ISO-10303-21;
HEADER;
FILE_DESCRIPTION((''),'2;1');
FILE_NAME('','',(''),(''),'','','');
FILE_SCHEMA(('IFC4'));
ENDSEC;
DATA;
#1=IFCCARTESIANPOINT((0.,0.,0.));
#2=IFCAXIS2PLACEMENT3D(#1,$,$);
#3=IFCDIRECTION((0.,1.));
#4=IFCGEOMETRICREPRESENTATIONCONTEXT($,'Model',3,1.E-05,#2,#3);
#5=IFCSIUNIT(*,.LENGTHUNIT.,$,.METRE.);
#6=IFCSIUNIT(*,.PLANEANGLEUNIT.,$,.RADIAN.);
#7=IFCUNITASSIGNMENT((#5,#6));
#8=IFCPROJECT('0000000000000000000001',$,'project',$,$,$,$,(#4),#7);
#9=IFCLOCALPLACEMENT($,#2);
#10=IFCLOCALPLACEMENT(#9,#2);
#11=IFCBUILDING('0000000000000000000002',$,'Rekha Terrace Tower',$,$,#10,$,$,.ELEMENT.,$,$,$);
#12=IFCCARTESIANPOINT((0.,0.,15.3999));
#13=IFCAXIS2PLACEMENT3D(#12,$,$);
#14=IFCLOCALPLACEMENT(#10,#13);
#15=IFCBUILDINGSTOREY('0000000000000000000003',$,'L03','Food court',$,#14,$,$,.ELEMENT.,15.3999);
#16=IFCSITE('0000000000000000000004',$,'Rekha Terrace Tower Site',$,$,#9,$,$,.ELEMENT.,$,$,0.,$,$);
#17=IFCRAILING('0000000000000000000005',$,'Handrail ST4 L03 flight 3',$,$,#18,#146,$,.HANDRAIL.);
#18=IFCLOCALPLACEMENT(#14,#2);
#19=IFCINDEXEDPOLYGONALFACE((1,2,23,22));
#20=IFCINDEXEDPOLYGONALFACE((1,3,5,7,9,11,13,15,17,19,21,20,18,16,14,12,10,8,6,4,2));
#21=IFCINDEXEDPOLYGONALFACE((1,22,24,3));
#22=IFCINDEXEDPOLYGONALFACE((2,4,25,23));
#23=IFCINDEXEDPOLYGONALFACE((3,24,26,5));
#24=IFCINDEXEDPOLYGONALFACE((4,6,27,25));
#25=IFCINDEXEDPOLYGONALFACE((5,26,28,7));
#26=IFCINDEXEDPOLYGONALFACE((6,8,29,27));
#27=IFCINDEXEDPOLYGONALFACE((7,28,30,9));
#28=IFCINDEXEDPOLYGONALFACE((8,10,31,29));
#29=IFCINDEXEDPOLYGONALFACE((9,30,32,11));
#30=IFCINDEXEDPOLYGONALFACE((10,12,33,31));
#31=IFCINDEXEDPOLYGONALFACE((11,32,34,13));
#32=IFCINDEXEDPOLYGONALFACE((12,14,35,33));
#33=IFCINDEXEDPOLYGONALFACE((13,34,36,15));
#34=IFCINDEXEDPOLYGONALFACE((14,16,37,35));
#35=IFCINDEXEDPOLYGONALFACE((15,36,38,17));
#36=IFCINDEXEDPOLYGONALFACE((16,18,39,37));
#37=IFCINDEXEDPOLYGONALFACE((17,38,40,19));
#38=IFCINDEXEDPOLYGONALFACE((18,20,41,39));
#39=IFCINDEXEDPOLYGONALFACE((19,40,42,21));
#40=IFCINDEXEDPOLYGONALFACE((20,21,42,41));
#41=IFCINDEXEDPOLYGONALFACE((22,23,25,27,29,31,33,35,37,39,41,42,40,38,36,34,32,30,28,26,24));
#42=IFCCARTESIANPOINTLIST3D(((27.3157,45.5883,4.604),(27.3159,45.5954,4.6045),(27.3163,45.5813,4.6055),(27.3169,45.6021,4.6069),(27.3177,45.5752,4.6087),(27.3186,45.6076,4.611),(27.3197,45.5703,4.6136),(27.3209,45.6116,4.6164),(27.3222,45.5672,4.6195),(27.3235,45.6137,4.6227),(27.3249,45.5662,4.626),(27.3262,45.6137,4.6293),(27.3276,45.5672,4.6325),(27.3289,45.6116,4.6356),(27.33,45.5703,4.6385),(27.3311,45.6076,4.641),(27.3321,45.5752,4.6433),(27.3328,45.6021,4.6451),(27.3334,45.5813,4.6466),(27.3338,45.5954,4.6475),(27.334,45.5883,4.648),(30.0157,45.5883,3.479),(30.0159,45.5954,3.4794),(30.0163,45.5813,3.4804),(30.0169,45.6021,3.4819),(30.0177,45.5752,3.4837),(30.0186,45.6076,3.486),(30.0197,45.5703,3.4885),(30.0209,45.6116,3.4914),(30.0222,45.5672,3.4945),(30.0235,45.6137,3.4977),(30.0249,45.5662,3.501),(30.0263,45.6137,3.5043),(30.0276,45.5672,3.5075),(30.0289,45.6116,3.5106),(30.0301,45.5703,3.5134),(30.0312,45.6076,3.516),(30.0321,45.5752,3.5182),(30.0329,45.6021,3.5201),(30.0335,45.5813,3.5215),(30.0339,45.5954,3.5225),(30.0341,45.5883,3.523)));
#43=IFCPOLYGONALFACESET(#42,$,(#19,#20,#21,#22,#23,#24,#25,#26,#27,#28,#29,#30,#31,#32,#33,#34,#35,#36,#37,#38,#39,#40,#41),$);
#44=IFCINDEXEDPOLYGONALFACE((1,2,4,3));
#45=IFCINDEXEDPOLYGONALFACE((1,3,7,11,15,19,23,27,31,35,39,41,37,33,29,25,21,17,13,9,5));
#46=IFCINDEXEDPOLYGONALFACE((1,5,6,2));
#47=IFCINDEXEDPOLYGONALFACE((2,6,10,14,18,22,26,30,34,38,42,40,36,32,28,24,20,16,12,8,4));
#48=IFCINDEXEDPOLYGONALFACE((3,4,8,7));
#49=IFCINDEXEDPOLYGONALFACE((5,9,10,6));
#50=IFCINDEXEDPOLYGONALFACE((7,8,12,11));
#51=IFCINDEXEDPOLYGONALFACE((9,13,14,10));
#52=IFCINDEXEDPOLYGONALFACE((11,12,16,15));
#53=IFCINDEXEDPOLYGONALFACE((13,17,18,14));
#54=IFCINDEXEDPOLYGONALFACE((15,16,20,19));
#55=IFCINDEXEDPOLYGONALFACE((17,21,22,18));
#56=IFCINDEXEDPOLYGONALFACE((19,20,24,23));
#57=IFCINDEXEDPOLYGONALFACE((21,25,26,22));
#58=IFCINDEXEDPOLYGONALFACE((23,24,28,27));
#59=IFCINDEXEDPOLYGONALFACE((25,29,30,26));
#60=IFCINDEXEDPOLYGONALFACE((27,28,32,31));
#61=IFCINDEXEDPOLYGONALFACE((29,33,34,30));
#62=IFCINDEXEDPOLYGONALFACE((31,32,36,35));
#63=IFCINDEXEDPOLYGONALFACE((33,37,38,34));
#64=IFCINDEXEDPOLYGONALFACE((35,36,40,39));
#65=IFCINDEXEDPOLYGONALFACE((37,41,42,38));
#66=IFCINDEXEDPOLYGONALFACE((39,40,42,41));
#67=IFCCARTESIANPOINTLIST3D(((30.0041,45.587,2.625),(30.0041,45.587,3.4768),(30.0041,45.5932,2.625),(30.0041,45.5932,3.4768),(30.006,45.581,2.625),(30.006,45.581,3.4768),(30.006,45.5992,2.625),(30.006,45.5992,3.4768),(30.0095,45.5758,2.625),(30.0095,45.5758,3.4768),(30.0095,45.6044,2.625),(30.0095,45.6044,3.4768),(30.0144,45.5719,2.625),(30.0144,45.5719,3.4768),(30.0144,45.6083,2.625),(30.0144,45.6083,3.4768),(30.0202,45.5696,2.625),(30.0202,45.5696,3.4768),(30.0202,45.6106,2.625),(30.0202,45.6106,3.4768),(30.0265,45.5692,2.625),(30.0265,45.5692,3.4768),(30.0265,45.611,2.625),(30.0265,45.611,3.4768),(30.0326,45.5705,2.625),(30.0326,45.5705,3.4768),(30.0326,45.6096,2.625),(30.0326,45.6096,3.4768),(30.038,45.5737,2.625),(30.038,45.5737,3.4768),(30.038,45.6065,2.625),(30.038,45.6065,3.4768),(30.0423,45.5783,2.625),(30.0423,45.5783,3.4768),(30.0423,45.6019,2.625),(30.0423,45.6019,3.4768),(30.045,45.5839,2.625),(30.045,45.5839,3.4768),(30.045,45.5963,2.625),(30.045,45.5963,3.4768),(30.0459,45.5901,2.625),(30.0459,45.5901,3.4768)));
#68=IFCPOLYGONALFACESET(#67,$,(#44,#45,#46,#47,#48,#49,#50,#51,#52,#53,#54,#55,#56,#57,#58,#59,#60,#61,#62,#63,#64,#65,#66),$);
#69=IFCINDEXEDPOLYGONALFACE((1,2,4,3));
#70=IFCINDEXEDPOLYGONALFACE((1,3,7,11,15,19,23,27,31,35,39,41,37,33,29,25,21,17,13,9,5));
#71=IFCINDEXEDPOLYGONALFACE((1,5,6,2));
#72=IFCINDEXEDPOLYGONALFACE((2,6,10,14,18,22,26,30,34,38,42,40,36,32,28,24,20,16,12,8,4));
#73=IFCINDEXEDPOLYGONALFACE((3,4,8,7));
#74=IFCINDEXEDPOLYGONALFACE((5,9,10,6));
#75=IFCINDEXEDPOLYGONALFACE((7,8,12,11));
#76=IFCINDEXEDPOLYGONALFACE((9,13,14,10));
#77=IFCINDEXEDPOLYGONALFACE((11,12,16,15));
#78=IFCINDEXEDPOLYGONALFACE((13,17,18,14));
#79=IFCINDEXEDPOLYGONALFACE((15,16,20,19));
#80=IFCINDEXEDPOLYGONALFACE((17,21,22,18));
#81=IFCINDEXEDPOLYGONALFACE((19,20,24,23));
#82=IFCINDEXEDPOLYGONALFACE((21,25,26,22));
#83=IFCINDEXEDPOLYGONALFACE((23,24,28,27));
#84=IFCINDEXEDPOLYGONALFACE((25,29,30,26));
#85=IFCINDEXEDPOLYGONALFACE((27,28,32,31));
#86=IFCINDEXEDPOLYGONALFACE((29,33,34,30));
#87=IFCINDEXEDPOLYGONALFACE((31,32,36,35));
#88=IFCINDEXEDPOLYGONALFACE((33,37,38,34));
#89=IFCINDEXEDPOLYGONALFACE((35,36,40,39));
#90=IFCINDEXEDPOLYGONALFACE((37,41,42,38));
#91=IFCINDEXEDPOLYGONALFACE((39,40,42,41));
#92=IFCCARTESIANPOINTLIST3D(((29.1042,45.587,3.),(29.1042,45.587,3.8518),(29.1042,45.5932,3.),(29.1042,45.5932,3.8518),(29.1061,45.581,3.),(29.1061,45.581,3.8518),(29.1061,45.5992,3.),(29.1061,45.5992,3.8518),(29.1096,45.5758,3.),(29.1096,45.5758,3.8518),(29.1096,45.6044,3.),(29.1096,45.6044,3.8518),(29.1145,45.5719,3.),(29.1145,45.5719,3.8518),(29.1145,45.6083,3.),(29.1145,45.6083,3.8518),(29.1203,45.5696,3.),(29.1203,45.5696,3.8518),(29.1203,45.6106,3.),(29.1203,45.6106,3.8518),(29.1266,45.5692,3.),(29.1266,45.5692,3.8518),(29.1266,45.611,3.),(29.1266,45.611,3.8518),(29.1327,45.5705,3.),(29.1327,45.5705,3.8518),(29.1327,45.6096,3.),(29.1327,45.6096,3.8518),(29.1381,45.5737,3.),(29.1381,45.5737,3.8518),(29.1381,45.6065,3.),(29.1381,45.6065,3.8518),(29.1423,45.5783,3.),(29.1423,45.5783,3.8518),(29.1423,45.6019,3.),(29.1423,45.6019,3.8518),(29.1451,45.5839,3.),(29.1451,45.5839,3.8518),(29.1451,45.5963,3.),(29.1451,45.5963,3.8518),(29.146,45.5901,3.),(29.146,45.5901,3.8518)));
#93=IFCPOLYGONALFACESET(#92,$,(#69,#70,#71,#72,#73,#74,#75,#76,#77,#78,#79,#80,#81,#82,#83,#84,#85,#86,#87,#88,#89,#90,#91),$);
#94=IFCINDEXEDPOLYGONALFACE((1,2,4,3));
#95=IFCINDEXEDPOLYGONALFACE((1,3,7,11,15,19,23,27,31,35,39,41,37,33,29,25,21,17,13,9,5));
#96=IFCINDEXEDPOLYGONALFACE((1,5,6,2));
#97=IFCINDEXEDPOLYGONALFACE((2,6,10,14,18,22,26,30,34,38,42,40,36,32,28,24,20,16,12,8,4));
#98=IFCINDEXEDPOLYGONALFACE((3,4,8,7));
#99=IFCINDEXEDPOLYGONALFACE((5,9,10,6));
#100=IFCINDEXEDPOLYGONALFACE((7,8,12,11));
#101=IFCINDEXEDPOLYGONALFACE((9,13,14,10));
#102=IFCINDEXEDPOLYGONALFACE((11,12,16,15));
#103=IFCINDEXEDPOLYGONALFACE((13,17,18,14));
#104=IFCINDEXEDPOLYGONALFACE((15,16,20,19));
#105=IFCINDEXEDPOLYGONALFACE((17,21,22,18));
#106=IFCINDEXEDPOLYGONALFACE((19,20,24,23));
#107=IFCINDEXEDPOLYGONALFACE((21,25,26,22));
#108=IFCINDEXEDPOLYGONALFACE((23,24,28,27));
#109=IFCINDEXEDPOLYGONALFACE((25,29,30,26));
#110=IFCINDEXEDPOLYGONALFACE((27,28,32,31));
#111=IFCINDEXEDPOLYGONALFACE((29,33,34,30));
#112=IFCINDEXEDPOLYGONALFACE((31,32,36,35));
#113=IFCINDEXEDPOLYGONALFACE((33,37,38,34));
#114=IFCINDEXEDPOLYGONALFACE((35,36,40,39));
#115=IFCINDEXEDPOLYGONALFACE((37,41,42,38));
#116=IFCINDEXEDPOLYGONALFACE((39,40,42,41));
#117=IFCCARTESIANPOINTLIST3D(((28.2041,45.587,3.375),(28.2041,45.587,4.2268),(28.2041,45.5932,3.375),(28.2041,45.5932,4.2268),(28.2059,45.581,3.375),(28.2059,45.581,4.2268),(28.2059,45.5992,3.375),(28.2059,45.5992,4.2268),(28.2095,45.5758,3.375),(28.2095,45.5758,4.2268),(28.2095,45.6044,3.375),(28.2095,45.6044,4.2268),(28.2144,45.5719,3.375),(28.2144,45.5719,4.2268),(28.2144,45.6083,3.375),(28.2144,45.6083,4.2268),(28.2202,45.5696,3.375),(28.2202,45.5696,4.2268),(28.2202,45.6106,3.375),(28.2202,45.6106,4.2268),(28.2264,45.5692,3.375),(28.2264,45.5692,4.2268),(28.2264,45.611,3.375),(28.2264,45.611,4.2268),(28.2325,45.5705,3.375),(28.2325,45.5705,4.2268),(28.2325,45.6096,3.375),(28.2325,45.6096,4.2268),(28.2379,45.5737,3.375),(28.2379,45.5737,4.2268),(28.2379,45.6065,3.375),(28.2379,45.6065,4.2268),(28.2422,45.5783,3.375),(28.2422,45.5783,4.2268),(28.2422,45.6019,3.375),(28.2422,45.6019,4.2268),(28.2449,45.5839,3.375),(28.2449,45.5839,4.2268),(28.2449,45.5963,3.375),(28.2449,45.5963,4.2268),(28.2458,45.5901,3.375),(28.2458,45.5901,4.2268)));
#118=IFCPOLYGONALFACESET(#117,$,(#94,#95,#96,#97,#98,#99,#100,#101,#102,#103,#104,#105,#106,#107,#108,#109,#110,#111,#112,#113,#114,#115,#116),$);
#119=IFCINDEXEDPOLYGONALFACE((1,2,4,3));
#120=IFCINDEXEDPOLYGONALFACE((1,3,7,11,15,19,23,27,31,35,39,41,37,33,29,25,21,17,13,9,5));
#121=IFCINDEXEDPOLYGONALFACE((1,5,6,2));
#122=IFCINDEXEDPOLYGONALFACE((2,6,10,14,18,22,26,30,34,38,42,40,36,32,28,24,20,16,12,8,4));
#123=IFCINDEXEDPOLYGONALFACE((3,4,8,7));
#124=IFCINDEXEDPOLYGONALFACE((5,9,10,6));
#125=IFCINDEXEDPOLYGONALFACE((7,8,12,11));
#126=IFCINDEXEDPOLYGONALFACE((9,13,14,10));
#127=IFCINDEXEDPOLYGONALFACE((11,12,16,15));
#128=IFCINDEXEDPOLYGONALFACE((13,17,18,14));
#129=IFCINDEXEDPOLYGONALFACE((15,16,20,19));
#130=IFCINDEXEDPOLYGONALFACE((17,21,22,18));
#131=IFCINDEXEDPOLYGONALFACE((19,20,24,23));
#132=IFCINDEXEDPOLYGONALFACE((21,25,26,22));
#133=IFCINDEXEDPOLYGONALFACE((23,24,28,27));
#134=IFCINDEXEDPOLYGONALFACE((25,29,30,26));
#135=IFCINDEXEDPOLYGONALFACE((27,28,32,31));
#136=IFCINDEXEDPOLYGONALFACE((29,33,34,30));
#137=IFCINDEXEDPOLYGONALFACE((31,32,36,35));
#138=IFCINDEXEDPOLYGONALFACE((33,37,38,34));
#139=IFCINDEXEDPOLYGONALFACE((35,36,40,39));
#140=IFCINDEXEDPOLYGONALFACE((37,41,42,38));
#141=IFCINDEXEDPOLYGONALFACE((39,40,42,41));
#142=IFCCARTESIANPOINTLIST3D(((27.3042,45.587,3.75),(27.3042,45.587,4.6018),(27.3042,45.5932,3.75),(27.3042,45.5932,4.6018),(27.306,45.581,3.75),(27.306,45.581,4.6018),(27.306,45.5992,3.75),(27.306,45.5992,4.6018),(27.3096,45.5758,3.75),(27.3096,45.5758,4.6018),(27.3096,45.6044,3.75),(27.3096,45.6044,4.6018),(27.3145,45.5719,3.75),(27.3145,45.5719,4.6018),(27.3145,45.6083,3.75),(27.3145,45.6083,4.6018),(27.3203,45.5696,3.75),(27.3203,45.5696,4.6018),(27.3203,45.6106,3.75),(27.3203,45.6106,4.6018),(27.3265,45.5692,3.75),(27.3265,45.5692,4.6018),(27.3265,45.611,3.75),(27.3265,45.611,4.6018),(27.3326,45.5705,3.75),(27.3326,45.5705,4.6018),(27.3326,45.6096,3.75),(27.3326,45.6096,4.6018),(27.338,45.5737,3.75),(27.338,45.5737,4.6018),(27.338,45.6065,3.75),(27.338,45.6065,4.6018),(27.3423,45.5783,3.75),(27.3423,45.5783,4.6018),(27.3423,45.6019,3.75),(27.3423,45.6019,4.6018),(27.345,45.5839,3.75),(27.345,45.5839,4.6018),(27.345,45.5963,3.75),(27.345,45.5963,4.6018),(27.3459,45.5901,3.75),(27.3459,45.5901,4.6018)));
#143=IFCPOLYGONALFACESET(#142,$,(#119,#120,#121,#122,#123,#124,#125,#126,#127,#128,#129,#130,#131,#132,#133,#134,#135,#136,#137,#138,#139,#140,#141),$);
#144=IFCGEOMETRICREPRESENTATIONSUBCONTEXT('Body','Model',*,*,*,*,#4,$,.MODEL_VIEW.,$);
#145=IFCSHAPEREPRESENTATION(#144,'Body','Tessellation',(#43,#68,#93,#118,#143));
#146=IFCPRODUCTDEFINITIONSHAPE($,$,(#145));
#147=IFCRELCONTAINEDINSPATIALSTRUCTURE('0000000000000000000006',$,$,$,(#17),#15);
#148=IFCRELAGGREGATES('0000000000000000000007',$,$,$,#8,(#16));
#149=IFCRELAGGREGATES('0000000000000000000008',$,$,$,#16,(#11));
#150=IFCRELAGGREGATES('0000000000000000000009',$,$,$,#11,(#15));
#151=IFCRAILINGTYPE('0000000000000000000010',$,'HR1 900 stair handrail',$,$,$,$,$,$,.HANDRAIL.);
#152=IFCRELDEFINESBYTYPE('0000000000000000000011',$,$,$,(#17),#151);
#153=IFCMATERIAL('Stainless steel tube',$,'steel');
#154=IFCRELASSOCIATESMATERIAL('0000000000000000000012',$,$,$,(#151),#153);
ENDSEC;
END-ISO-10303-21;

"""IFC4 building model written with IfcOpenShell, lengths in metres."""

from ifc_helpers import new_model, si_unit, direction, frame, origin, origin_2d, place, context, subcontext, project, spatial, circle, extrude, material, type_object, element, save


model = new_model("IFC4")

# Units and contexts
model_context = context("Model", 3, precision=1e-05, world=origin(), true_north=direction((0.0, 1.0)))
body_context = subcontext(model_context, "Body", "Model", "MODEL_VIEW")
ifc_project = project(units=[si_unit("LENGTHUNIT", "METRE"), si_unit("PLANEANGLEUNIT", "RADIAN")], contexts=[model_context])

# Site, building, storey
site_placement = place(None, origin())
site = spatial("IfcSite", under=ifc_project, at=site_placement, Name="Rekha Terrace Tower Site", CompositionType="ELEMENT", RefElevation=0.0)
building_placement = place(site_placement, origin())
building = spatial("IfcBuilding", under=site, at=building_placement, Name="Rekha Terrace Tower", CompositionType="ELEMENT")
storey_placement = place(building_placement, frame((0.0, 0.0, 15.3999)))
storey = spatial("IfcBuildingStorey", under=building, at=storey_placement, Name="L03", Description="Food court", CompositionType="ELEMENT", Elevation=15.3999)

# Railing
ifc_material_1 = material(Name="Stainless steel tube", Category="steel")
railing_type_1 = type_object("IfcRailingType", Name="HR1 900 stair handrail", PredefinedType="HANDRAIL", material=ifc_material_1)
railing_1_placement = place(storey_placement, frame((30.0249, 45.5901, 2.625)))
element("IfcRailing", 1, at=railing_1_placement, inside=storey, type_object=railing_type_1, Name="Handrail ST4 L03 flight 3", PredefinedType="HANDRAIL", context=body_context, shape_type="SweptSolid", body=[
    extrude(circle(Radius=0.0239, at=origin_2d()), frame((0.0, 0.0, 0.876), z_axis=(-0.923074, 0.0, 0.384621), x_axis=(0.0, -1.0, 0.0)), (0.0, 0.0, 1.0), 2.925),
    extrude(circle(Radius=0.021, at=origin_2d()), origin(), (0.0, 0.0, 1.0), 0.8518),
    extrude(circle(Radius=0.021, at=origin_2d()), frame((-0.8999, 0.0, 0.375)), (0.0, 0.0, 1.0), 0.8518),
    extrude(circle(Radius=0.021, at=origin_2d()), frame((-1.8, 0.0, 0.75)), (0.0, 0.0, 1.0), 0.8518),
    extrude(circle(Radius=0.021, at=origin_2d()), frame((-2.7, 0.0, 1.125)), (0.0, 0.0, 1.0), 0.8518),
])

save(model, "model.ifc")
